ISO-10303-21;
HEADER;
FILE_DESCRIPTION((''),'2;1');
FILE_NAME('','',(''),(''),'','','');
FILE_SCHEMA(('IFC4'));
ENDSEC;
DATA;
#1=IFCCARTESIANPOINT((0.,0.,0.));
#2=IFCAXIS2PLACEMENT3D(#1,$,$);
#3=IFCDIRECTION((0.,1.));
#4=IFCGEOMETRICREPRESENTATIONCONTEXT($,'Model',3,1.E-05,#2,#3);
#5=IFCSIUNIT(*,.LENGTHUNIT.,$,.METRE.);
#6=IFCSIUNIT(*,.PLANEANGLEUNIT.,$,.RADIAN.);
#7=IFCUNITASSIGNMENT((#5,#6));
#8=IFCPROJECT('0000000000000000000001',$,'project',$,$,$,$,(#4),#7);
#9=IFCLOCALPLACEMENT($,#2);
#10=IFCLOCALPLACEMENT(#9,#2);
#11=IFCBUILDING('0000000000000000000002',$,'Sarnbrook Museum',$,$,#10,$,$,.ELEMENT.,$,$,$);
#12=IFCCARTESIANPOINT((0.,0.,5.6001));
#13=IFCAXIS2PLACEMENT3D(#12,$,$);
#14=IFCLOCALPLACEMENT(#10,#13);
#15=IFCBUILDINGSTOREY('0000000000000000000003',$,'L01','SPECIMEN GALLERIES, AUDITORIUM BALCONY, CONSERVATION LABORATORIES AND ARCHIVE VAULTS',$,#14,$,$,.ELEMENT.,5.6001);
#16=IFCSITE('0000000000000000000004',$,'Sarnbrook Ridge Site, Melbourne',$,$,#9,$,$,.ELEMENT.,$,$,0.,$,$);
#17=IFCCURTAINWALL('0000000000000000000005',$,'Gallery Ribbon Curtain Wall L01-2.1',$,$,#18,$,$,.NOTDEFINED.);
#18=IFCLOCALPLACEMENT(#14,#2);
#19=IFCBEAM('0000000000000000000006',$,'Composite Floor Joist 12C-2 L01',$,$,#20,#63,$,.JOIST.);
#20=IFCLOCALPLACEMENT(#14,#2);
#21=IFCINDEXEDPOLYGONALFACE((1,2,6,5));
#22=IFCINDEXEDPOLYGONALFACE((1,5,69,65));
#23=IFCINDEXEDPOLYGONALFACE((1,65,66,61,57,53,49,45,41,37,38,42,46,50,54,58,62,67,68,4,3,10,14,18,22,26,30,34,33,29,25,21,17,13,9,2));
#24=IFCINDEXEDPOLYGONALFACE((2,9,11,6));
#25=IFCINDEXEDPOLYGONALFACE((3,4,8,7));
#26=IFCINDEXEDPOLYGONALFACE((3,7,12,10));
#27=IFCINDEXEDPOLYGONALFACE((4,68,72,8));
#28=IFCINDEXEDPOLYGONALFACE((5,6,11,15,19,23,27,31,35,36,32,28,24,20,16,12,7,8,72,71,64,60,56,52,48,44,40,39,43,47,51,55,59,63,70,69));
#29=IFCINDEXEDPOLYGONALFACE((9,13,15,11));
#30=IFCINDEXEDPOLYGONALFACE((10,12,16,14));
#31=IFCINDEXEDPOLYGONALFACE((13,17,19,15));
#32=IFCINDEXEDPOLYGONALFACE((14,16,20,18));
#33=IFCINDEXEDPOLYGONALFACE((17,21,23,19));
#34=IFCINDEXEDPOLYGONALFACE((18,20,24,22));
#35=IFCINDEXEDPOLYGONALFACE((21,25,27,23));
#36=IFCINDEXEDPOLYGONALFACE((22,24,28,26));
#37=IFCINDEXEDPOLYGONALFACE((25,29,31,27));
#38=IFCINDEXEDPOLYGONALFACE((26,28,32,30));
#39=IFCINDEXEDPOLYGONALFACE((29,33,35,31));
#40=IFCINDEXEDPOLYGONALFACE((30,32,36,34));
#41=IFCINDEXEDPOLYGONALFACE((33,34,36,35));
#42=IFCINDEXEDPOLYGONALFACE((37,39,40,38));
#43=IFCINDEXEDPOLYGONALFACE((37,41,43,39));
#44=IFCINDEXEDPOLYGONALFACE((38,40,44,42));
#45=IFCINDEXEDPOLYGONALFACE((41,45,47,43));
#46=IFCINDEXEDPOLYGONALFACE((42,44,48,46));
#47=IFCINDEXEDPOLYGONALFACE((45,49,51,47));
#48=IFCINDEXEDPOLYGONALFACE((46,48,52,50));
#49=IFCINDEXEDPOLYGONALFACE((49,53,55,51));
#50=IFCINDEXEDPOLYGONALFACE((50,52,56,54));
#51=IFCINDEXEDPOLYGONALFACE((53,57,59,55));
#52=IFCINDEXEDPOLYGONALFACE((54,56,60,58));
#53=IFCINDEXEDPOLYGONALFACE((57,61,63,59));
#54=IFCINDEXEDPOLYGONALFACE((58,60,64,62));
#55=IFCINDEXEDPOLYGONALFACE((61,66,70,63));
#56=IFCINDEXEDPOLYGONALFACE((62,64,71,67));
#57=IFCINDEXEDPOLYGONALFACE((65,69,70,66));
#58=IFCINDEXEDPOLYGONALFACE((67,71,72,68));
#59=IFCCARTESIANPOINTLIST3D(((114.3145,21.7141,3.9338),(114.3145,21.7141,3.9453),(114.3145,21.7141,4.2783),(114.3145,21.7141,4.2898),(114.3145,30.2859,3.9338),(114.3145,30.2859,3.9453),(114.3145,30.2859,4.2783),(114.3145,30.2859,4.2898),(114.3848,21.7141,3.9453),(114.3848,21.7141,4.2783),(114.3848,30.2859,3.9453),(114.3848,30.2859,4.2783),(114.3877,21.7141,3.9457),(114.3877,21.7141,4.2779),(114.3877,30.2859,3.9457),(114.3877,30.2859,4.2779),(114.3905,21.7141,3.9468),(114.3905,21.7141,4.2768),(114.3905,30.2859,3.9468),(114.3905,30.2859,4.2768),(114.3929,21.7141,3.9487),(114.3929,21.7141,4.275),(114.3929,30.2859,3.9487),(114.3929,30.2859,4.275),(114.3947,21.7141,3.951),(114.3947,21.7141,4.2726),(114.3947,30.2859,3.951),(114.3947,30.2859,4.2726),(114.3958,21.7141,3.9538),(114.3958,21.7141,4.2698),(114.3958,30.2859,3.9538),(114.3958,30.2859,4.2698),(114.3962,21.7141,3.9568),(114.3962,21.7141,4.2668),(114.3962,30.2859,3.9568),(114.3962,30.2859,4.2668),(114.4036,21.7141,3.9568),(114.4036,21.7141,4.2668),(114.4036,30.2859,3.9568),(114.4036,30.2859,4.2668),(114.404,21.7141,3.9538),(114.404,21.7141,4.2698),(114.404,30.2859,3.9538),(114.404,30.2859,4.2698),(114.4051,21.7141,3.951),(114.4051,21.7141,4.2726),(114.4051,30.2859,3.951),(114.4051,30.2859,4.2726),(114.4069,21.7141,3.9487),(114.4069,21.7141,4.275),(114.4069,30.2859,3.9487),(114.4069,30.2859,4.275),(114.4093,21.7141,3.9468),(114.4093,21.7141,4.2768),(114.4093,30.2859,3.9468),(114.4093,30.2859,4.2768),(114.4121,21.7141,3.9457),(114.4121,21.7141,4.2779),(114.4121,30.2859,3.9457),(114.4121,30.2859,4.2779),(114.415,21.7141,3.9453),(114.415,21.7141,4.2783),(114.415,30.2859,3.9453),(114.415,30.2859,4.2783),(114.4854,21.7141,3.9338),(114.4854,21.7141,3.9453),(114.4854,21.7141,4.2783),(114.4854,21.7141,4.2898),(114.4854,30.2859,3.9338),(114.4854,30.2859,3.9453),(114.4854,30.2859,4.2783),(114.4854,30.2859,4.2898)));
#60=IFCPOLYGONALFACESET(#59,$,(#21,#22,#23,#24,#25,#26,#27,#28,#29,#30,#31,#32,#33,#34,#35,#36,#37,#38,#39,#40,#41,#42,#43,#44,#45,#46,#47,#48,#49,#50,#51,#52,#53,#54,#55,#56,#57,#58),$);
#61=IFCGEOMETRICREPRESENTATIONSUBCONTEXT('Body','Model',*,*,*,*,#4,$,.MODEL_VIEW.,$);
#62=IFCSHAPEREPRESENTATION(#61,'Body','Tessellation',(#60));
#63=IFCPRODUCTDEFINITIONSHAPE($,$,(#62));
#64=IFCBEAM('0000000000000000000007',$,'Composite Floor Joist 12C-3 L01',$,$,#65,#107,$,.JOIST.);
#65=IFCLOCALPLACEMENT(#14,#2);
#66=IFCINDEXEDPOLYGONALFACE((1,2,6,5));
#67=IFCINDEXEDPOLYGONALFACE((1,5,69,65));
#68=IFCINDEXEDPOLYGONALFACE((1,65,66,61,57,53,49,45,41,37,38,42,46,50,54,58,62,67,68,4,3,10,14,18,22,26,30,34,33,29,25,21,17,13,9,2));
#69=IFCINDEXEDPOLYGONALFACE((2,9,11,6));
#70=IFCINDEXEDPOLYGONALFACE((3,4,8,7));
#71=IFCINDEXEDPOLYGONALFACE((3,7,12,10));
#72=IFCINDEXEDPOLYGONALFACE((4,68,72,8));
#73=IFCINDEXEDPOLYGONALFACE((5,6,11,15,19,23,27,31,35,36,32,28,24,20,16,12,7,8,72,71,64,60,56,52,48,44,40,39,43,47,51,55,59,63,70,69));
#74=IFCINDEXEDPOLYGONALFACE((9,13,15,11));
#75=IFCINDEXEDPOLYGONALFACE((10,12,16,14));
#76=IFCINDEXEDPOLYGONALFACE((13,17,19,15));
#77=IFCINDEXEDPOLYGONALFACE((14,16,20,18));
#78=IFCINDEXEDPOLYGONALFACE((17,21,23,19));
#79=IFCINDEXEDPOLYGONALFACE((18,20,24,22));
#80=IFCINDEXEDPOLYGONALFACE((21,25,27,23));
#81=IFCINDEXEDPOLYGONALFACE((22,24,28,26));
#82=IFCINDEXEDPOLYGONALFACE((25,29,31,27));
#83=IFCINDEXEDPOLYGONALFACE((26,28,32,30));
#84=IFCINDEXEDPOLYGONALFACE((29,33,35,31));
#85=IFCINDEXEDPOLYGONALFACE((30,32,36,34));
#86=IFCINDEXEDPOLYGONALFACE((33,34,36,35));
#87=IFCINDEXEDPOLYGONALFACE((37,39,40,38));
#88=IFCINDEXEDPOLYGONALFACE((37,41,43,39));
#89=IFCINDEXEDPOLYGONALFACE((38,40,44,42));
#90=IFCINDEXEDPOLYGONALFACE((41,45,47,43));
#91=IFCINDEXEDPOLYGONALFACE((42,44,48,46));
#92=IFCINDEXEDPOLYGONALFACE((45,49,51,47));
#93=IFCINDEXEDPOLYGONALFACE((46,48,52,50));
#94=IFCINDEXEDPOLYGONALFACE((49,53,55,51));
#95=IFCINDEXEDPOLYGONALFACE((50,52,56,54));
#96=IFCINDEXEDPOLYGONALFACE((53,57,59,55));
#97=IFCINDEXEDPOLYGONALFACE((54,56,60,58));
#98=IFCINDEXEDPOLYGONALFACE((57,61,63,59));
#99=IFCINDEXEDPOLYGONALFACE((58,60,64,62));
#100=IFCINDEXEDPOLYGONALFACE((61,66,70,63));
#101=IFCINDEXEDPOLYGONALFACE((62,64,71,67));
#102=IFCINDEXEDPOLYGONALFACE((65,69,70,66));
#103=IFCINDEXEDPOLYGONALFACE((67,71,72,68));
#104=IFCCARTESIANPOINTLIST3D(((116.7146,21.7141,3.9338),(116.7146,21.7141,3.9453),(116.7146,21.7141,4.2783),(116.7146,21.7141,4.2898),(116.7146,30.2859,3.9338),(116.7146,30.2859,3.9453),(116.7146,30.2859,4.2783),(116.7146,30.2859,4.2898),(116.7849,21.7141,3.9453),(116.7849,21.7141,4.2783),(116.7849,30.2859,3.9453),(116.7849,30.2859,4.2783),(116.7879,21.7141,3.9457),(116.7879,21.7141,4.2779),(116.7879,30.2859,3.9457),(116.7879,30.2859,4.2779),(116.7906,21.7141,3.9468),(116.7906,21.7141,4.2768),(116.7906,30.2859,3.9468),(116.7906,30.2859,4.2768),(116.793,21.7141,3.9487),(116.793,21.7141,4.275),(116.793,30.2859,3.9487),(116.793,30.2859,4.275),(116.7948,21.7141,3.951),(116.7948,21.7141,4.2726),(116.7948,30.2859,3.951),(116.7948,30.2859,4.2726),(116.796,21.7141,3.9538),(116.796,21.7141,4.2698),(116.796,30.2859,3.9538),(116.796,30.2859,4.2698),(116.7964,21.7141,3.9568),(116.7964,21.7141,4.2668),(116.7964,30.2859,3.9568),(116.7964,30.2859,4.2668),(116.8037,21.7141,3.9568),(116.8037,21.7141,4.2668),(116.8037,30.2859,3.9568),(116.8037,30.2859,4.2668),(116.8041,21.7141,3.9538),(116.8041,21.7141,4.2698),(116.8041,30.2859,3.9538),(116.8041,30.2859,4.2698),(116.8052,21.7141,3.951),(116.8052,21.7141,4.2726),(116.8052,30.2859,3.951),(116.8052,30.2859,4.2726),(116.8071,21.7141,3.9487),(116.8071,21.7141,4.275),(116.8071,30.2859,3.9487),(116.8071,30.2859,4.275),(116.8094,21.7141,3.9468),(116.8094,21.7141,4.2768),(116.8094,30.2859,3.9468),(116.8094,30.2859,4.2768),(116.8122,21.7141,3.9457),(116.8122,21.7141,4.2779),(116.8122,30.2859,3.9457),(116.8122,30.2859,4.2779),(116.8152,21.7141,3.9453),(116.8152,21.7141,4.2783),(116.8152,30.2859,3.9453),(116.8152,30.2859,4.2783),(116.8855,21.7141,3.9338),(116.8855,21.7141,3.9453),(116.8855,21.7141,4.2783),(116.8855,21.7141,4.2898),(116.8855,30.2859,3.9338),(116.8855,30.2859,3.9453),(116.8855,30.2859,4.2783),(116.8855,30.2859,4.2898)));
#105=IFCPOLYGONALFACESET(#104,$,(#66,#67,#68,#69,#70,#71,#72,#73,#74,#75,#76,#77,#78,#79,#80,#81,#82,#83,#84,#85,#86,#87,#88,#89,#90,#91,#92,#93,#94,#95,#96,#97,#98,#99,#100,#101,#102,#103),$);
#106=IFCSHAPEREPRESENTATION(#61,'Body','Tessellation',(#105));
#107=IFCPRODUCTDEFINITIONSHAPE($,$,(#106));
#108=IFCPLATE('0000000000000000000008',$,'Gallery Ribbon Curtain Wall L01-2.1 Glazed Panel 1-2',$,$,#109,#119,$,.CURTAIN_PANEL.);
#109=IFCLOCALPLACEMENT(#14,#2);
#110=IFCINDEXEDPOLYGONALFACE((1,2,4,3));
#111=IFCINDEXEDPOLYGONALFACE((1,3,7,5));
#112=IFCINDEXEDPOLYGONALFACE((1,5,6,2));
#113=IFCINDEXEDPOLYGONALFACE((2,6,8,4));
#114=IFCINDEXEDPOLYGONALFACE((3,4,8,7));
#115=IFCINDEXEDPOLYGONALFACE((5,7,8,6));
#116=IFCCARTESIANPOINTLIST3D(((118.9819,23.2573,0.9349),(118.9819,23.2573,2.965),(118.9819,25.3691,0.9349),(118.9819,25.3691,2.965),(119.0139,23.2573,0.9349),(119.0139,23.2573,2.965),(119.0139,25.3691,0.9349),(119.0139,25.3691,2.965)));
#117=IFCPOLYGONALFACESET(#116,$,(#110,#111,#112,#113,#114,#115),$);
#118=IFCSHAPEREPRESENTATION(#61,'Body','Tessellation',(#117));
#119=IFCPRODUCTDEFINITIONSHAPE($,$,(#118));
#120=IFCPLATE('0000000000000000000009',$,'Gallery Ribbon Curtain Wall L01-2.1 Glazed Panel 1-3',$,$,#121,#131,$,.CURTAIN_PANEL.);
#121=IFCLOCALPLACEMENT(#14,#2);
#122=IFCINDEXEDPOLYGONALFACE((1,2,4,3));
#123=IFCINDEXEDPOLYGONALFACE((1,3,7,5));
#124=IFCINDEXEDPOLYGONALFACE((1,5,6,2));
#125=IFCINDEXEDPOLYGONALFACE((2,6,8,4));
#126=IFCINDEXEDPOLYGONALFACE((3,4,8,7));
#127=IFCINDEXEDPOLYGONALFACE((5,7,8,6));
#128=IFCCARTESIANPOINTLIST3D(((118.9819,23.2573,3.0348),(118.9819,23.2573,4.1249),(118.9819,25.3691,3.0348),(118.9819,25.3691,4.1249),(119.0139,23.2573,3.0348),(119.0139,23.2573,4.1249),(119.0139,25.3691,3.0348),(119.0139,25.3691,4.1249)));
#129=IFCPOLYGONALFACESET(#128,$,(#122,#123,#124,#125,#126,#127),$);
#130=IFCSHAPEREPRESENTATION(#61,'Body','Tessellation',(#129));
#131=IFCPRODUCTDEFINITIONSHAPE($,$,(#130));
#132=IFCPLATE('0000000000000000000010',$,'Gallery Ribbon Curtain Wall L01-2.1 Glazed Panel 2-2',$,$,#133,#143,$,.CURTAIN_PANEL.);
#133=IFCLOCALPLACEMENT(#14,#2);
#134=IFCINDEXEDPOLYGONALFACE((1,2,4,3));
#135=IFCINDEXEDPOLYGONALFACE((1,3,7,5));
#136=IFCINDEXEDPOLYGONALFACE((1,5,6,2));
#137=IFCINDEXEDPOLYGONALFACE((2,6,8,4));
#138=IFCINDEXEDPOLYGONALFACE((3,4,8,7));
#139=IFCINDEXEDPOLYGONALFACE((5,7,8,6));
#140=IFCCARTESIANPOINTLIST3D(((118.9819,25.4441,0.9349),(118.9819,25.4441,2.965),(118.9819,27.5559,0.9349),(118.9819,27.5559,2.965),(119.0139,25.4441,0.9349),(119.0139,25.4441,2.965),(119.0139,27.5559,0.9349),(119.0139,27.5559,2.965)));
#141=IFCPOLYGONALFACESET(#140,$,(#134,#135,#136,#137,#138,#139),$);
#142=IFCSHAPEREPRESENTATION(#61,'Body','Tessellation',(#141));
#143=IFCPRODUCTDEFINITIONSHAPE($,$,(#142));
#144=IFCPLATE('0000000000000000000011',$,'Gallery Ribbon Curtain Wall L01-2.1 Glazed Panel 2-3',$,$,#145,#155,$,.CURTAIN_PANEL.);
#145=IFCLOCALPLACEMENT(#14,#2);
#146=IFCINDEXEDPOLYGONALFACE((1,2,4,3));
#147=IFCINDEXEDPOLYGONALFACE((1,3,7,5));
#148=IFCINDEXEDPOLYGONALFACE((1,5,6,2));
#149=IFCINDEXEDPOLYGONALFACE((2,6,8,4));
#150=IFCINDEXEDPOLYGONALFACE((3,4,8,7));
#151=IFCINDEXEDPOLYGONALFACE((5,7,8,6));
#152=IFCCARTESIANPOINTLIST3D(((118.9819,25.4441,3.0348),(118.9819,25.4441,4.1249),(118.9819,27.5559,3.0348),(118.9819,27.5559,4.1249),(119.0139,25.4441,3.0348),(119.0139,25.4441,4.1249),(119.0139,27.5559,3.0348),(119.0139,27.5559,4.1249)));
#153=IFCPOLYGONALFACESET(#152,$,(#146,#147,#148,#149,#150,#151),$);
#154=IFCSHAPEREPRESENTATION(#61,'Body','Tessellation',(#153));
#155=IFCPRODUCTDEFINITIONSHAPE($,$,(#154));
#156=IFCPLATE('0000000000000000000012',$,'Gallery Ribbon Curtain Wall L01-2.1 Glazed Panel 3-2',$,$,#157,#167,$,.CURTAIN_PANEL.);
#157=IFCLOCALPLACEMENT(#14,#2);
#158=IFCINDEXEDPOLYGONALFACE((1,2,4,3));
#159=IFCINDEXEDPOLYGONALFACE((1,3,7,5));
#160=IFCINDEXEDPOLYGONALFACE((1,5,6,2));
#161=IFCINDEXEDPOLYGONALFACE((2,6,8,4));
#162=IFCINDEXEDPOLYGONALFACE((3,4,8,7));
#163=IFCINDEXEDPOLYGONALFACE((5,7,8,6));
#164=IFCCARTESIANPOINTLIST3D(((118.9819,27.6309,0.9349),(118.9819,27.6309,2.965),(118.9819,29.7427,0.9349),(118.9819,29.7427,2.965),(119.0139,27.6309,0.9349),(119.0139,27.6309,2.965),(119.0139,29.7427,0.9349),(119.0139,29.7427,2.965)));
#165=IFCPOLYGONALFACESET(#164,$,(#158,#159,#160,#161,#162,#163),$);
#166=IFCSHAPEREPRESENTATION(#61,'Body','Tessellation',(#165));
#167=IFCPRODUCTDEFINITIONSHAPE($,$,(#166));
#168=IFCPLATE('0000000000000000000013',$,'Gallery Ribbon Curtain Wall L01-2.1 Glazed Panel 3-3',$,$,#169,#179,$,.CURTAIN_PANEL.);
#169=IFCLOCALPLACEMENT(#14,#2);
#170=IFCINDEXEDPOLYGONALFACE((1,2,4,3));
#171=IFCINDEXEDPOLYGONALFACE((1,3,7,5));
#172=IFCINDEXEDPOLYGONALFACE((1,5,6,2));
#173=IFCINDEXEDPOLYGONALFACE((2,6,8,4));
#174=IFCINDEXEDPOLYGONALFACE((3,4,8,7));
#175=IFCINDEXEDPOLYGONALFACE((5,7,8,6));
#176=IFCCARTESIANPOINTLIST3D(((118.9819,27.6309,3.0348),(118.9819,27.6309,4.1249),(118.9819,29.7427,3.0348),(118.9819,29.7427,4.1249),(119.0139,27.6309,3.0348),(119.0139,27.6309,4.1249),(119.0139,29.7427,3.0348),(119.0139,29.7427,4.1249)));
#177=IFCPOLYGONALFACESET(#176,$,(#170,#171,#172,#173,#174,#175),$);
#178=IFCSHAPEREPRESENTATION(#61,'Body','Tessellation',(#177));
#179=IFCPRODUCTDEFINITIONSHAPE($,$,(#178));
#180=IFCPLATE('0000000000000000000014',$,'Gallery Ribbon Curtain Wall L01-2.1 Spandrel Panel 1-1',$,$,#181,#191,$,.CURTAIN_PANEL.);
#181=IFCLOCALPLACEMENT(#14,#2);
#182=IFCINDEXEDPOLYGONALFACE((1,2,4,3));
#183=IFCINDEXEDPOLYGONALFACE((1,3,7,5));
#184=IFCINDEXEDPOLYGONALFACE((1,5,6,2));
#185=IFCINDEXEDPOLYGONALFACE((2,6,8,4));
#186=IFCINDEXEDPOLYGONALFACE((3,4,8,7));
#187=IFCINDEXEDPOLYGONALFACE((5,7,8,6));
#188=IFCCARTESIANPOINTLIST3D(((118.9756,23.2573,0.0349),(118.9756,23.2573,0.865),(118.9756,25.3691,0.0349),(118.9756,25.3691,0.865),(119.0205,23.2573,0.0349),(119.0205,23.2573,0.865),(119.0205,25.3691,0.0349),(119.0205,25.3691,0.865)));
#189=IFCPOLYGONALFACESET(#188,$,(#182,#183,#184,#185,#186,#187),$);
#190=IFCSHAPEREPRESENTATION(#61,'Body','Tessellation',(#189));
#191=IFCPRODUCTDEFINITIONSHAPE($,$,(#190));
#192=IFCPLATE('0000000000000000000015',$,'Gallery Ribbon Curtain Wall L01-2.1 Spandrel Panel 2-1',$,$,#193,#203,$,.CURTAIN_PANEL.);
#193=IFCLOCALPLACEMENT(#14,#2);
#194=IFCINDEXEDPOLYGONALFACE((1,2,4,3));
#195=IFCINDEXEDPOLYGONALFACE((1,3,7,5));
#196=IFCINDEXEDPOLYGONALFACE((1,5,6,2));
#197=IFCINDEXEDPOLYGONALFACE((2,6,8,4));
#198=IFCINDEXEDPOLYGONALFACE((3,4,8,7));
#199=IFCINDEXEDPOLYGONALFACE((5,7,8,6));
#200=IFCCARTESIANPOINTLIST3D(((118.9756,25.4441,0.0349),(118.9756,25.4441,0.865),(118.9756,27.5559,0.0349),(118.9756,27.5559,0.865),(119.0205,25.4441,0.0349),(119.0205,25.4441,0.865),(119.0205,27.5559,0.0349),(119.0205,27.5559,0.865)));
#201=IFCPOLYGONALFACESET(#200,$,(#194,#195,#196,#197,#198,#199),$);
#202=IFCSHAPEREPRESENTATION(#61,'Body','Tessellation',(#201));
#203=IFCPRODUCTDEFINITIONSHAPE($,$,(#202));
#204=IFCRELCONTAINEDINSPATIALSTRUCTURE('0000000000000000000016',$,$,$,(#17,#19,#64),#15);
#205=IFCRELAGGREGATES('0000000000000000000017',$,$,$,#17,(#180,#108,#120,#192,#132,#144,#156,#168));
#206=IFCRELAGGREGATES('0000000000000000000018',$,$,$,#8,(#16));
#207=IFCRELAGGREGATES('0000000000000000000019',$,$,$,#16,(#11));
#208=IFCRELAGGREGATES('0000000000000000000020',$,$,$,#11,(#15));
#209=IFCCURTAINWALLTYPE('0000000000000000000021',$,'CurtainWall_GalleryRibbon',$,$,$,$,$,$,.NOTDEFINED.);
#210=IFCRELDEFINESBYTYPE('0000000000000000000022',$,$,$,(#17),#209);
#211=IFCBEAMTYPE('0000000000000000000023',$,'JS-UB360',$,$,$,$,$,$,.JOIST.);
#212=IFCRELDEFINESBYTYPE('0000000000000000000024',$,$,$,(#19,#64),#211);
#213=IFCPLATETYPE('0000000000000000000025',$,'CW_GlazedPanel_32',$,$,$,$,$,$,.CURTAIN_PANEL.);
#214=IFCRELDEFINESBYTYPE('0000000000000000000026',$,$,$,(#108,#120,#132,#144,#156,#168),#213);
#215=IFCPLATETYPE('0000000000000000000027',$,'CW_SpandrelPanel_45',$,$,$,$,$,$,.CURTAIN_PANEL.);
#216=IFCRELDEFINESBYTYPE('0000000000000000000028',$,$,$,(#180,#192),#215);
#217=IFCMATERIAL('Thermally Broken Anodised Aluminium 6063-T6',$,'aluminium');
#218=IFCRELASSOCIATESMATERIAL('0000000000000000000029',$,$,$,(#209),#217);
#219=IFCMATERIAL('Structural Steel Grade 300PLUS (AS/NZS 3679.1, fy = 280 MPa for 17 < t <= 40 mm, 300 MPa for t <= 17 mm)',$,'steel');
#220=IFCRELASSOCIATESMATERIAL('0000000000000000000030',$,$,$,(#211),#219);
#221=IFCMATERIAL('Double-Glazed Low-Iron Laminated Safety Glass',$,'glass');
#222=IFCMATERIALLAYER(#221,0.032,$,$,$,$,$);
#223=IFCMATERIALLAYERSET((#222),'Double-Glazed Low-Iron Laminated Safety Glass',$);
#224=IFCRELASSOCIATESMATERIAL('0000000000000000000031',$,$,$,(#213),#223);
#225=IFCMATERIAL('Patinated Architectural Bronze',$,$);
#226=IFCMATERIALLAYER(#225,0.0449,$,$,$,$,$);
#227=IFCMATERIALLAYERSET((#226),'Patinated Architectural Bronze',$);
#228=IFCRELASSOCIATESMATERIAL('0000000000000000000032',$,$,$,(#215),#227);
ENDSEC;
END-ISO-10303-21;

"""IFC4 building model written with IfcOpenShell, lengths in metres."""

from ifc_helpers import new_model, si_unit, direction, frame, origin, origin_2d, place, context, subcontext, project, spatial, rectangle, i_section, extrude, material, layer, layer_set, material_profile, profile_set, type_object, element, aggregate, save


model = new_model("IFC4")

# Units and contexts
model_context = context("Model", 3, precision=1e-05, world=origin(), true_north=direction((0.0, 1.0)))
body_context = subcontext(model_context, "Body", "Model", "MODEL_VIEW")
ifc_project = project(units=[si_unit("LENGTHUNIT", "METRE"), si_unit("PLANEANGLEUNIT", "RADIAN")], contexts=[model_context])

# Site, building, storey
site_placement = place(None, origin())
site = spatial("IfcSite", under=ifc_project, at=site_placement, Name="Sarnbrook Ridge Site, Melbourne", CompositionType="ELEMENT", RefElevation=0.0)
building_placement = place(site_placement, origin())
building = spatial("IfcBuilding", under=site, at=building_placement, Name="Sarnbrook Museum", CompositionType="ELEMENT")
storey_placement = place(building_placement, frame((0.0, 0.0, 5.6001)))
storey = spatial("IfcBuildingStorey", under=building, at=storey_placement, Name="L01", Description="SPECIMEN GALLERIES, AUDITORIUM BALCONY, CONSERVATION LABORATORIES AND ARCHIVE VAULTS", CompositionType="ELEMENT", Elevation=5.6001)

# Shared definitions
ifc_material_1 = material(Name="Structural Steel Grade 300PLUS (AS/NZS 3679.1, fy = 280 MPa for 17 < t <= 40 mm, 300 MPa for t <= 17 mm)", Category="steel")

# Curtain wall
ifc_material_2 = material(Name="Thermally Broken Anodised Aluminium 6063-T6", Category="aluminium")
curtain_wall_type = type_object("IfcCurtainWallType", Name="CurtainWall_GalleryRibbon", PredefinedType="NOTDEFINED", material=ifc_material_2)
curtain_wall_placement = place(storey_placement, origin())
curtain_wall = element("IfcCurtainWall", 1, at=curtain_wall_placement, inside=storey, type_object=curtain_wall_type, Name="Gallery Ribbon Curtain Wall L01-2.1", PredefinedType="NOTDEFINED")

# Beams
ifc_material_profile_1 = material_profile(ifc_material_1, i_section(OverallWidth=0.1709, OverallDepth=0.356, WebThickness=0.0073, FlangeThickness=0.0115, FilletRadius=0.0115, at=origin_2d()), Name="360UB50.7")
ifc_profile_set_1 = profile_set([ifc_material_profile_1], Name="Structural Steel Grade 300PLUS (AS/NZS 3679.1, fy = 280 MPa for 17 < t <= 40 mm, 300 MPa for t <= 17 mm)")
beam_type_1 = type_object("IfcBeamType", Name="JS-UB360", PredefinedType="JOIST", material=ifc_profile_set_1)
for number, where, z_axis, x_axis, name in (
    (2, (114.3999, 21.7141, 4.1118), (0.0, 1.0, 0.0), (-1.0, 0.0, 0.0), "Composite Floor Joist 12C-2 L01"),
    (3, (116.8, 21.7141, 4.1118), (0.0, 1.0, 0.0), (-1.0, 0.0, 0.0), "Composite Floor Joist 12C-3 L01"),
):
    element("IfcBeam", number, at=place(storey_placement, frame(where, z_axis=z_axis, x_axis=x_axis)), inside=storey, type_object=beam_type_1, Name=name, PredefinedType="JOIST", context=body_context, shape_type="SweptSolid", body=[
        extrude(i_section(OverallWidth=0.1709, OverallDepth=0.356, WebThickness=0.0073, FlangeThickness=0.0115, FilletRadius=0.0115, at=origin_2d()), origin(), (0.0, 0.0, 1.0), 8.5718),
    ])

# Plates
ifc_material_3 = material(Name="Double-Glazed Low-Iron Laminated Safety Glass", Category="glass")
ifc_layer_1 = layer(ifc_material_3, 0.032)
ifc_layer_set_1 = layer_set([ifc_layer_1], Name="Double-Glazed Low-Iron Laminated Safety Glass")
plate_type_1 = type_object("IfcPlateType", Name="CW_GlazedPanel_32", PredefinedType="CURTAIN_PANEL", material=ifc_layer_set_1)
plate_1_placement = place(storey_placement, frame((118.9819, 24.3132, 1.95), z_axis=(1.0, 0.0, 0.0), x_axis=(0.0, 1.0, 0.0)))
plate_1 = element("IfcPlate", 4, at=plate_1_placement, type_object=plate_type_1, Name="Gallery Ribbon Curtain Wall L01-2.1 Glazed Panel 1-2", PredefinedType="CURTAIN_PANEL", context=body_context, shape_type="SweptSolid", body=[
    extrude(rectangle(XDim=2.1118, YDim=2.03, at=origin_2d()), origin(), (0.0, 0.0, 1.0), 0.032),
])
plate_2_placement = place(storey_placement, frame((118.9819, 24.3132, 3.5798), z_axis=(1.0, 0.0, 0.0), x_axis=(0.0, 1.0, 0.0)))
plate_2 = element("IfcPlate", 5, at=plate_2_placement, type_object=plate_type_1, Name="Gallery Ribbon Curtain Wall L01-2.1 Glazed Panel 1-3", PredefinedType="CURTAIN_PANEL", context=body_context, shape_type="SweptSolid", body=[
    extrude(rectangle(XDim=2.1118, YDim=1.0901, at=origin_2d()), origin(), (0.0, 0.0, 1.0), 0.032),
])
plate_3_placement = place(storey_placement, frame((118.9819, 26.5, 1.95), z_axis=(1.0, 0.0, 0.0), x_axis=(0.0, 1.0, 0.0)))
plate_3 = element("IfcPlate", 6, at=plate_3_placement, type_object=plate_type_1, Name="Gallery Ribbon Curtain Wall L01-2.1 Glazed Panel 2-2", PredefinedType="CURTAIN_PANEL", context=body_context, shape_type="SweptSolid", body=[
    extrude(rectangle(XDim=2.1118, YDim=2.03, at=origin_2d()), origin(), (0.0, 0.0, 1.0), 0.032),
])
plate_4_placement = place(storey_placement, frame((118.9819, 26.5, 3.5798), z_axis=(1.0, 0.0, 0.0), x_axis=(0.0, 1.0, 0.0)))
plate_4 = element("IfcPlate", 7, at=plate_4_placement, type_object=plate_type_1, Name="Gallery Ribbon Curtain Wall L01-2.1 Glazed Panel 2-3", PredefinedType="CURTAIN_PANEL", context=body_context, shape_type="SweptSolid", body=[
    extrude(rectangle(XDim=2.1118, YDim=1.0901, at=origin_2d()), origin(), (0.0, 0.0, 1.0), 0.032),
])
plate_5_placement = place(storey_placement, frame((118.9819, 28.6868, 1.95), z_axis=(1.0, 0.0, 0.0), x_axis=(0.0, 1.0, 0.0)))
plate_5 = element("IfcPlate", 8, at=plate_5_placement, type_object=plate_type_1, Name="Gallery Ribbon Curtain Wall L01-2.1 Glazed Panel 3-2", PredefinedType="CURTAIN_PANEL", context=body_context, shape_type="SweptSolid", body=[
    extrude(rectangle(XDim=2.1118, YDim=2.03, at=origin_2d()), origin(), (0.0, 0.0, 1.0), 0.032),
])
plate_6_placement = place(storey_placement, frame((118.9819, 28.6868, 3.5798), z_axis=(1.0, 0.0, 0.0), x_axis=(0.0, 1.0, 0.0)))
plate_6 = element("IfcPlate", 9, at=plate_6_placement, type_object=plate_type_1, Name="Gallery Ribbon Curtain Wall L01-2.1 Glazed Panel 3-3", PredefinedType="CURTAIN_PANEL", context=body_context, shape_type="SweptSolid", body=[
    extrude(rectangle(XDim=2.1118, YDim=1.0901, at=origin_2d()), origin(), (0.0, 0.0, 1.0), 0.032),
])
ifc_material_4 = material(Name="Patinated Architectural Bronze")
ifc_layer_2 = layer(ifc_material_4, 0.0449)
ifc_layer_set_2 = layer_set([ifc_layer_2], Name="Patinated Architectural Bronze")
plate_type_2 = type_object("IfcPlateType", Name="CW_SpandrelPanel_45", PredefinedType="CURTAIN_PANEL", material=ifc_layer_set_2)
plate_7_placement = place(storey_placement, frame((118.9756, 24.3132, 0.45), z_axis=(1.0, 0.0, 0.0), x_axis=(0.0, 1.0, 0.0)))
plate_7 = element("IfcPlate", 10, at=plate_7_placement, type_object=plate_type_2, Name="Gallery Ribbon Curtain Wall L01-2.1 Spandrel Panel 1-1", PredefinedType="CURTAIN_PANEL", context=body_context, shape_type="SweptSolid", body=[
    extrude(rectangle(XDim=2.1118, YDim=0.8301, at=origin_2d()), origin(), (0.0, 0.0, 1.0), 0.0449),
])
plate_8_placement = place(storey_placement, frame((118.9756, 26.5, 0.45), z_axis=(1.0, 0.0, 0.0), x_axis=(0.0, 1.0, 0.0)))
plate_8 = element("IfcPlate", 11, at=plate_8_placement, type_object=plate_type_2, Name="Gallery Ribbon Curtain Wall L01-2.1 Spandrel Panel 2-1", PredefinedType="CURTAIN_PANEL", context=body_context, shape_type="SweptSolid", body=[
    extrude(rectangle(XDim=2.1118, YDim=0.8301, at=origin_2d()), origin(), (0.0, 0.0, 1.0), 0.0449),
])
aggregate(curtain_wall, [plate_7, plate_1, plate_2, plate_8, plate_3, plate_4, plate_5, plate_6])

save(model, "model.ifc")
